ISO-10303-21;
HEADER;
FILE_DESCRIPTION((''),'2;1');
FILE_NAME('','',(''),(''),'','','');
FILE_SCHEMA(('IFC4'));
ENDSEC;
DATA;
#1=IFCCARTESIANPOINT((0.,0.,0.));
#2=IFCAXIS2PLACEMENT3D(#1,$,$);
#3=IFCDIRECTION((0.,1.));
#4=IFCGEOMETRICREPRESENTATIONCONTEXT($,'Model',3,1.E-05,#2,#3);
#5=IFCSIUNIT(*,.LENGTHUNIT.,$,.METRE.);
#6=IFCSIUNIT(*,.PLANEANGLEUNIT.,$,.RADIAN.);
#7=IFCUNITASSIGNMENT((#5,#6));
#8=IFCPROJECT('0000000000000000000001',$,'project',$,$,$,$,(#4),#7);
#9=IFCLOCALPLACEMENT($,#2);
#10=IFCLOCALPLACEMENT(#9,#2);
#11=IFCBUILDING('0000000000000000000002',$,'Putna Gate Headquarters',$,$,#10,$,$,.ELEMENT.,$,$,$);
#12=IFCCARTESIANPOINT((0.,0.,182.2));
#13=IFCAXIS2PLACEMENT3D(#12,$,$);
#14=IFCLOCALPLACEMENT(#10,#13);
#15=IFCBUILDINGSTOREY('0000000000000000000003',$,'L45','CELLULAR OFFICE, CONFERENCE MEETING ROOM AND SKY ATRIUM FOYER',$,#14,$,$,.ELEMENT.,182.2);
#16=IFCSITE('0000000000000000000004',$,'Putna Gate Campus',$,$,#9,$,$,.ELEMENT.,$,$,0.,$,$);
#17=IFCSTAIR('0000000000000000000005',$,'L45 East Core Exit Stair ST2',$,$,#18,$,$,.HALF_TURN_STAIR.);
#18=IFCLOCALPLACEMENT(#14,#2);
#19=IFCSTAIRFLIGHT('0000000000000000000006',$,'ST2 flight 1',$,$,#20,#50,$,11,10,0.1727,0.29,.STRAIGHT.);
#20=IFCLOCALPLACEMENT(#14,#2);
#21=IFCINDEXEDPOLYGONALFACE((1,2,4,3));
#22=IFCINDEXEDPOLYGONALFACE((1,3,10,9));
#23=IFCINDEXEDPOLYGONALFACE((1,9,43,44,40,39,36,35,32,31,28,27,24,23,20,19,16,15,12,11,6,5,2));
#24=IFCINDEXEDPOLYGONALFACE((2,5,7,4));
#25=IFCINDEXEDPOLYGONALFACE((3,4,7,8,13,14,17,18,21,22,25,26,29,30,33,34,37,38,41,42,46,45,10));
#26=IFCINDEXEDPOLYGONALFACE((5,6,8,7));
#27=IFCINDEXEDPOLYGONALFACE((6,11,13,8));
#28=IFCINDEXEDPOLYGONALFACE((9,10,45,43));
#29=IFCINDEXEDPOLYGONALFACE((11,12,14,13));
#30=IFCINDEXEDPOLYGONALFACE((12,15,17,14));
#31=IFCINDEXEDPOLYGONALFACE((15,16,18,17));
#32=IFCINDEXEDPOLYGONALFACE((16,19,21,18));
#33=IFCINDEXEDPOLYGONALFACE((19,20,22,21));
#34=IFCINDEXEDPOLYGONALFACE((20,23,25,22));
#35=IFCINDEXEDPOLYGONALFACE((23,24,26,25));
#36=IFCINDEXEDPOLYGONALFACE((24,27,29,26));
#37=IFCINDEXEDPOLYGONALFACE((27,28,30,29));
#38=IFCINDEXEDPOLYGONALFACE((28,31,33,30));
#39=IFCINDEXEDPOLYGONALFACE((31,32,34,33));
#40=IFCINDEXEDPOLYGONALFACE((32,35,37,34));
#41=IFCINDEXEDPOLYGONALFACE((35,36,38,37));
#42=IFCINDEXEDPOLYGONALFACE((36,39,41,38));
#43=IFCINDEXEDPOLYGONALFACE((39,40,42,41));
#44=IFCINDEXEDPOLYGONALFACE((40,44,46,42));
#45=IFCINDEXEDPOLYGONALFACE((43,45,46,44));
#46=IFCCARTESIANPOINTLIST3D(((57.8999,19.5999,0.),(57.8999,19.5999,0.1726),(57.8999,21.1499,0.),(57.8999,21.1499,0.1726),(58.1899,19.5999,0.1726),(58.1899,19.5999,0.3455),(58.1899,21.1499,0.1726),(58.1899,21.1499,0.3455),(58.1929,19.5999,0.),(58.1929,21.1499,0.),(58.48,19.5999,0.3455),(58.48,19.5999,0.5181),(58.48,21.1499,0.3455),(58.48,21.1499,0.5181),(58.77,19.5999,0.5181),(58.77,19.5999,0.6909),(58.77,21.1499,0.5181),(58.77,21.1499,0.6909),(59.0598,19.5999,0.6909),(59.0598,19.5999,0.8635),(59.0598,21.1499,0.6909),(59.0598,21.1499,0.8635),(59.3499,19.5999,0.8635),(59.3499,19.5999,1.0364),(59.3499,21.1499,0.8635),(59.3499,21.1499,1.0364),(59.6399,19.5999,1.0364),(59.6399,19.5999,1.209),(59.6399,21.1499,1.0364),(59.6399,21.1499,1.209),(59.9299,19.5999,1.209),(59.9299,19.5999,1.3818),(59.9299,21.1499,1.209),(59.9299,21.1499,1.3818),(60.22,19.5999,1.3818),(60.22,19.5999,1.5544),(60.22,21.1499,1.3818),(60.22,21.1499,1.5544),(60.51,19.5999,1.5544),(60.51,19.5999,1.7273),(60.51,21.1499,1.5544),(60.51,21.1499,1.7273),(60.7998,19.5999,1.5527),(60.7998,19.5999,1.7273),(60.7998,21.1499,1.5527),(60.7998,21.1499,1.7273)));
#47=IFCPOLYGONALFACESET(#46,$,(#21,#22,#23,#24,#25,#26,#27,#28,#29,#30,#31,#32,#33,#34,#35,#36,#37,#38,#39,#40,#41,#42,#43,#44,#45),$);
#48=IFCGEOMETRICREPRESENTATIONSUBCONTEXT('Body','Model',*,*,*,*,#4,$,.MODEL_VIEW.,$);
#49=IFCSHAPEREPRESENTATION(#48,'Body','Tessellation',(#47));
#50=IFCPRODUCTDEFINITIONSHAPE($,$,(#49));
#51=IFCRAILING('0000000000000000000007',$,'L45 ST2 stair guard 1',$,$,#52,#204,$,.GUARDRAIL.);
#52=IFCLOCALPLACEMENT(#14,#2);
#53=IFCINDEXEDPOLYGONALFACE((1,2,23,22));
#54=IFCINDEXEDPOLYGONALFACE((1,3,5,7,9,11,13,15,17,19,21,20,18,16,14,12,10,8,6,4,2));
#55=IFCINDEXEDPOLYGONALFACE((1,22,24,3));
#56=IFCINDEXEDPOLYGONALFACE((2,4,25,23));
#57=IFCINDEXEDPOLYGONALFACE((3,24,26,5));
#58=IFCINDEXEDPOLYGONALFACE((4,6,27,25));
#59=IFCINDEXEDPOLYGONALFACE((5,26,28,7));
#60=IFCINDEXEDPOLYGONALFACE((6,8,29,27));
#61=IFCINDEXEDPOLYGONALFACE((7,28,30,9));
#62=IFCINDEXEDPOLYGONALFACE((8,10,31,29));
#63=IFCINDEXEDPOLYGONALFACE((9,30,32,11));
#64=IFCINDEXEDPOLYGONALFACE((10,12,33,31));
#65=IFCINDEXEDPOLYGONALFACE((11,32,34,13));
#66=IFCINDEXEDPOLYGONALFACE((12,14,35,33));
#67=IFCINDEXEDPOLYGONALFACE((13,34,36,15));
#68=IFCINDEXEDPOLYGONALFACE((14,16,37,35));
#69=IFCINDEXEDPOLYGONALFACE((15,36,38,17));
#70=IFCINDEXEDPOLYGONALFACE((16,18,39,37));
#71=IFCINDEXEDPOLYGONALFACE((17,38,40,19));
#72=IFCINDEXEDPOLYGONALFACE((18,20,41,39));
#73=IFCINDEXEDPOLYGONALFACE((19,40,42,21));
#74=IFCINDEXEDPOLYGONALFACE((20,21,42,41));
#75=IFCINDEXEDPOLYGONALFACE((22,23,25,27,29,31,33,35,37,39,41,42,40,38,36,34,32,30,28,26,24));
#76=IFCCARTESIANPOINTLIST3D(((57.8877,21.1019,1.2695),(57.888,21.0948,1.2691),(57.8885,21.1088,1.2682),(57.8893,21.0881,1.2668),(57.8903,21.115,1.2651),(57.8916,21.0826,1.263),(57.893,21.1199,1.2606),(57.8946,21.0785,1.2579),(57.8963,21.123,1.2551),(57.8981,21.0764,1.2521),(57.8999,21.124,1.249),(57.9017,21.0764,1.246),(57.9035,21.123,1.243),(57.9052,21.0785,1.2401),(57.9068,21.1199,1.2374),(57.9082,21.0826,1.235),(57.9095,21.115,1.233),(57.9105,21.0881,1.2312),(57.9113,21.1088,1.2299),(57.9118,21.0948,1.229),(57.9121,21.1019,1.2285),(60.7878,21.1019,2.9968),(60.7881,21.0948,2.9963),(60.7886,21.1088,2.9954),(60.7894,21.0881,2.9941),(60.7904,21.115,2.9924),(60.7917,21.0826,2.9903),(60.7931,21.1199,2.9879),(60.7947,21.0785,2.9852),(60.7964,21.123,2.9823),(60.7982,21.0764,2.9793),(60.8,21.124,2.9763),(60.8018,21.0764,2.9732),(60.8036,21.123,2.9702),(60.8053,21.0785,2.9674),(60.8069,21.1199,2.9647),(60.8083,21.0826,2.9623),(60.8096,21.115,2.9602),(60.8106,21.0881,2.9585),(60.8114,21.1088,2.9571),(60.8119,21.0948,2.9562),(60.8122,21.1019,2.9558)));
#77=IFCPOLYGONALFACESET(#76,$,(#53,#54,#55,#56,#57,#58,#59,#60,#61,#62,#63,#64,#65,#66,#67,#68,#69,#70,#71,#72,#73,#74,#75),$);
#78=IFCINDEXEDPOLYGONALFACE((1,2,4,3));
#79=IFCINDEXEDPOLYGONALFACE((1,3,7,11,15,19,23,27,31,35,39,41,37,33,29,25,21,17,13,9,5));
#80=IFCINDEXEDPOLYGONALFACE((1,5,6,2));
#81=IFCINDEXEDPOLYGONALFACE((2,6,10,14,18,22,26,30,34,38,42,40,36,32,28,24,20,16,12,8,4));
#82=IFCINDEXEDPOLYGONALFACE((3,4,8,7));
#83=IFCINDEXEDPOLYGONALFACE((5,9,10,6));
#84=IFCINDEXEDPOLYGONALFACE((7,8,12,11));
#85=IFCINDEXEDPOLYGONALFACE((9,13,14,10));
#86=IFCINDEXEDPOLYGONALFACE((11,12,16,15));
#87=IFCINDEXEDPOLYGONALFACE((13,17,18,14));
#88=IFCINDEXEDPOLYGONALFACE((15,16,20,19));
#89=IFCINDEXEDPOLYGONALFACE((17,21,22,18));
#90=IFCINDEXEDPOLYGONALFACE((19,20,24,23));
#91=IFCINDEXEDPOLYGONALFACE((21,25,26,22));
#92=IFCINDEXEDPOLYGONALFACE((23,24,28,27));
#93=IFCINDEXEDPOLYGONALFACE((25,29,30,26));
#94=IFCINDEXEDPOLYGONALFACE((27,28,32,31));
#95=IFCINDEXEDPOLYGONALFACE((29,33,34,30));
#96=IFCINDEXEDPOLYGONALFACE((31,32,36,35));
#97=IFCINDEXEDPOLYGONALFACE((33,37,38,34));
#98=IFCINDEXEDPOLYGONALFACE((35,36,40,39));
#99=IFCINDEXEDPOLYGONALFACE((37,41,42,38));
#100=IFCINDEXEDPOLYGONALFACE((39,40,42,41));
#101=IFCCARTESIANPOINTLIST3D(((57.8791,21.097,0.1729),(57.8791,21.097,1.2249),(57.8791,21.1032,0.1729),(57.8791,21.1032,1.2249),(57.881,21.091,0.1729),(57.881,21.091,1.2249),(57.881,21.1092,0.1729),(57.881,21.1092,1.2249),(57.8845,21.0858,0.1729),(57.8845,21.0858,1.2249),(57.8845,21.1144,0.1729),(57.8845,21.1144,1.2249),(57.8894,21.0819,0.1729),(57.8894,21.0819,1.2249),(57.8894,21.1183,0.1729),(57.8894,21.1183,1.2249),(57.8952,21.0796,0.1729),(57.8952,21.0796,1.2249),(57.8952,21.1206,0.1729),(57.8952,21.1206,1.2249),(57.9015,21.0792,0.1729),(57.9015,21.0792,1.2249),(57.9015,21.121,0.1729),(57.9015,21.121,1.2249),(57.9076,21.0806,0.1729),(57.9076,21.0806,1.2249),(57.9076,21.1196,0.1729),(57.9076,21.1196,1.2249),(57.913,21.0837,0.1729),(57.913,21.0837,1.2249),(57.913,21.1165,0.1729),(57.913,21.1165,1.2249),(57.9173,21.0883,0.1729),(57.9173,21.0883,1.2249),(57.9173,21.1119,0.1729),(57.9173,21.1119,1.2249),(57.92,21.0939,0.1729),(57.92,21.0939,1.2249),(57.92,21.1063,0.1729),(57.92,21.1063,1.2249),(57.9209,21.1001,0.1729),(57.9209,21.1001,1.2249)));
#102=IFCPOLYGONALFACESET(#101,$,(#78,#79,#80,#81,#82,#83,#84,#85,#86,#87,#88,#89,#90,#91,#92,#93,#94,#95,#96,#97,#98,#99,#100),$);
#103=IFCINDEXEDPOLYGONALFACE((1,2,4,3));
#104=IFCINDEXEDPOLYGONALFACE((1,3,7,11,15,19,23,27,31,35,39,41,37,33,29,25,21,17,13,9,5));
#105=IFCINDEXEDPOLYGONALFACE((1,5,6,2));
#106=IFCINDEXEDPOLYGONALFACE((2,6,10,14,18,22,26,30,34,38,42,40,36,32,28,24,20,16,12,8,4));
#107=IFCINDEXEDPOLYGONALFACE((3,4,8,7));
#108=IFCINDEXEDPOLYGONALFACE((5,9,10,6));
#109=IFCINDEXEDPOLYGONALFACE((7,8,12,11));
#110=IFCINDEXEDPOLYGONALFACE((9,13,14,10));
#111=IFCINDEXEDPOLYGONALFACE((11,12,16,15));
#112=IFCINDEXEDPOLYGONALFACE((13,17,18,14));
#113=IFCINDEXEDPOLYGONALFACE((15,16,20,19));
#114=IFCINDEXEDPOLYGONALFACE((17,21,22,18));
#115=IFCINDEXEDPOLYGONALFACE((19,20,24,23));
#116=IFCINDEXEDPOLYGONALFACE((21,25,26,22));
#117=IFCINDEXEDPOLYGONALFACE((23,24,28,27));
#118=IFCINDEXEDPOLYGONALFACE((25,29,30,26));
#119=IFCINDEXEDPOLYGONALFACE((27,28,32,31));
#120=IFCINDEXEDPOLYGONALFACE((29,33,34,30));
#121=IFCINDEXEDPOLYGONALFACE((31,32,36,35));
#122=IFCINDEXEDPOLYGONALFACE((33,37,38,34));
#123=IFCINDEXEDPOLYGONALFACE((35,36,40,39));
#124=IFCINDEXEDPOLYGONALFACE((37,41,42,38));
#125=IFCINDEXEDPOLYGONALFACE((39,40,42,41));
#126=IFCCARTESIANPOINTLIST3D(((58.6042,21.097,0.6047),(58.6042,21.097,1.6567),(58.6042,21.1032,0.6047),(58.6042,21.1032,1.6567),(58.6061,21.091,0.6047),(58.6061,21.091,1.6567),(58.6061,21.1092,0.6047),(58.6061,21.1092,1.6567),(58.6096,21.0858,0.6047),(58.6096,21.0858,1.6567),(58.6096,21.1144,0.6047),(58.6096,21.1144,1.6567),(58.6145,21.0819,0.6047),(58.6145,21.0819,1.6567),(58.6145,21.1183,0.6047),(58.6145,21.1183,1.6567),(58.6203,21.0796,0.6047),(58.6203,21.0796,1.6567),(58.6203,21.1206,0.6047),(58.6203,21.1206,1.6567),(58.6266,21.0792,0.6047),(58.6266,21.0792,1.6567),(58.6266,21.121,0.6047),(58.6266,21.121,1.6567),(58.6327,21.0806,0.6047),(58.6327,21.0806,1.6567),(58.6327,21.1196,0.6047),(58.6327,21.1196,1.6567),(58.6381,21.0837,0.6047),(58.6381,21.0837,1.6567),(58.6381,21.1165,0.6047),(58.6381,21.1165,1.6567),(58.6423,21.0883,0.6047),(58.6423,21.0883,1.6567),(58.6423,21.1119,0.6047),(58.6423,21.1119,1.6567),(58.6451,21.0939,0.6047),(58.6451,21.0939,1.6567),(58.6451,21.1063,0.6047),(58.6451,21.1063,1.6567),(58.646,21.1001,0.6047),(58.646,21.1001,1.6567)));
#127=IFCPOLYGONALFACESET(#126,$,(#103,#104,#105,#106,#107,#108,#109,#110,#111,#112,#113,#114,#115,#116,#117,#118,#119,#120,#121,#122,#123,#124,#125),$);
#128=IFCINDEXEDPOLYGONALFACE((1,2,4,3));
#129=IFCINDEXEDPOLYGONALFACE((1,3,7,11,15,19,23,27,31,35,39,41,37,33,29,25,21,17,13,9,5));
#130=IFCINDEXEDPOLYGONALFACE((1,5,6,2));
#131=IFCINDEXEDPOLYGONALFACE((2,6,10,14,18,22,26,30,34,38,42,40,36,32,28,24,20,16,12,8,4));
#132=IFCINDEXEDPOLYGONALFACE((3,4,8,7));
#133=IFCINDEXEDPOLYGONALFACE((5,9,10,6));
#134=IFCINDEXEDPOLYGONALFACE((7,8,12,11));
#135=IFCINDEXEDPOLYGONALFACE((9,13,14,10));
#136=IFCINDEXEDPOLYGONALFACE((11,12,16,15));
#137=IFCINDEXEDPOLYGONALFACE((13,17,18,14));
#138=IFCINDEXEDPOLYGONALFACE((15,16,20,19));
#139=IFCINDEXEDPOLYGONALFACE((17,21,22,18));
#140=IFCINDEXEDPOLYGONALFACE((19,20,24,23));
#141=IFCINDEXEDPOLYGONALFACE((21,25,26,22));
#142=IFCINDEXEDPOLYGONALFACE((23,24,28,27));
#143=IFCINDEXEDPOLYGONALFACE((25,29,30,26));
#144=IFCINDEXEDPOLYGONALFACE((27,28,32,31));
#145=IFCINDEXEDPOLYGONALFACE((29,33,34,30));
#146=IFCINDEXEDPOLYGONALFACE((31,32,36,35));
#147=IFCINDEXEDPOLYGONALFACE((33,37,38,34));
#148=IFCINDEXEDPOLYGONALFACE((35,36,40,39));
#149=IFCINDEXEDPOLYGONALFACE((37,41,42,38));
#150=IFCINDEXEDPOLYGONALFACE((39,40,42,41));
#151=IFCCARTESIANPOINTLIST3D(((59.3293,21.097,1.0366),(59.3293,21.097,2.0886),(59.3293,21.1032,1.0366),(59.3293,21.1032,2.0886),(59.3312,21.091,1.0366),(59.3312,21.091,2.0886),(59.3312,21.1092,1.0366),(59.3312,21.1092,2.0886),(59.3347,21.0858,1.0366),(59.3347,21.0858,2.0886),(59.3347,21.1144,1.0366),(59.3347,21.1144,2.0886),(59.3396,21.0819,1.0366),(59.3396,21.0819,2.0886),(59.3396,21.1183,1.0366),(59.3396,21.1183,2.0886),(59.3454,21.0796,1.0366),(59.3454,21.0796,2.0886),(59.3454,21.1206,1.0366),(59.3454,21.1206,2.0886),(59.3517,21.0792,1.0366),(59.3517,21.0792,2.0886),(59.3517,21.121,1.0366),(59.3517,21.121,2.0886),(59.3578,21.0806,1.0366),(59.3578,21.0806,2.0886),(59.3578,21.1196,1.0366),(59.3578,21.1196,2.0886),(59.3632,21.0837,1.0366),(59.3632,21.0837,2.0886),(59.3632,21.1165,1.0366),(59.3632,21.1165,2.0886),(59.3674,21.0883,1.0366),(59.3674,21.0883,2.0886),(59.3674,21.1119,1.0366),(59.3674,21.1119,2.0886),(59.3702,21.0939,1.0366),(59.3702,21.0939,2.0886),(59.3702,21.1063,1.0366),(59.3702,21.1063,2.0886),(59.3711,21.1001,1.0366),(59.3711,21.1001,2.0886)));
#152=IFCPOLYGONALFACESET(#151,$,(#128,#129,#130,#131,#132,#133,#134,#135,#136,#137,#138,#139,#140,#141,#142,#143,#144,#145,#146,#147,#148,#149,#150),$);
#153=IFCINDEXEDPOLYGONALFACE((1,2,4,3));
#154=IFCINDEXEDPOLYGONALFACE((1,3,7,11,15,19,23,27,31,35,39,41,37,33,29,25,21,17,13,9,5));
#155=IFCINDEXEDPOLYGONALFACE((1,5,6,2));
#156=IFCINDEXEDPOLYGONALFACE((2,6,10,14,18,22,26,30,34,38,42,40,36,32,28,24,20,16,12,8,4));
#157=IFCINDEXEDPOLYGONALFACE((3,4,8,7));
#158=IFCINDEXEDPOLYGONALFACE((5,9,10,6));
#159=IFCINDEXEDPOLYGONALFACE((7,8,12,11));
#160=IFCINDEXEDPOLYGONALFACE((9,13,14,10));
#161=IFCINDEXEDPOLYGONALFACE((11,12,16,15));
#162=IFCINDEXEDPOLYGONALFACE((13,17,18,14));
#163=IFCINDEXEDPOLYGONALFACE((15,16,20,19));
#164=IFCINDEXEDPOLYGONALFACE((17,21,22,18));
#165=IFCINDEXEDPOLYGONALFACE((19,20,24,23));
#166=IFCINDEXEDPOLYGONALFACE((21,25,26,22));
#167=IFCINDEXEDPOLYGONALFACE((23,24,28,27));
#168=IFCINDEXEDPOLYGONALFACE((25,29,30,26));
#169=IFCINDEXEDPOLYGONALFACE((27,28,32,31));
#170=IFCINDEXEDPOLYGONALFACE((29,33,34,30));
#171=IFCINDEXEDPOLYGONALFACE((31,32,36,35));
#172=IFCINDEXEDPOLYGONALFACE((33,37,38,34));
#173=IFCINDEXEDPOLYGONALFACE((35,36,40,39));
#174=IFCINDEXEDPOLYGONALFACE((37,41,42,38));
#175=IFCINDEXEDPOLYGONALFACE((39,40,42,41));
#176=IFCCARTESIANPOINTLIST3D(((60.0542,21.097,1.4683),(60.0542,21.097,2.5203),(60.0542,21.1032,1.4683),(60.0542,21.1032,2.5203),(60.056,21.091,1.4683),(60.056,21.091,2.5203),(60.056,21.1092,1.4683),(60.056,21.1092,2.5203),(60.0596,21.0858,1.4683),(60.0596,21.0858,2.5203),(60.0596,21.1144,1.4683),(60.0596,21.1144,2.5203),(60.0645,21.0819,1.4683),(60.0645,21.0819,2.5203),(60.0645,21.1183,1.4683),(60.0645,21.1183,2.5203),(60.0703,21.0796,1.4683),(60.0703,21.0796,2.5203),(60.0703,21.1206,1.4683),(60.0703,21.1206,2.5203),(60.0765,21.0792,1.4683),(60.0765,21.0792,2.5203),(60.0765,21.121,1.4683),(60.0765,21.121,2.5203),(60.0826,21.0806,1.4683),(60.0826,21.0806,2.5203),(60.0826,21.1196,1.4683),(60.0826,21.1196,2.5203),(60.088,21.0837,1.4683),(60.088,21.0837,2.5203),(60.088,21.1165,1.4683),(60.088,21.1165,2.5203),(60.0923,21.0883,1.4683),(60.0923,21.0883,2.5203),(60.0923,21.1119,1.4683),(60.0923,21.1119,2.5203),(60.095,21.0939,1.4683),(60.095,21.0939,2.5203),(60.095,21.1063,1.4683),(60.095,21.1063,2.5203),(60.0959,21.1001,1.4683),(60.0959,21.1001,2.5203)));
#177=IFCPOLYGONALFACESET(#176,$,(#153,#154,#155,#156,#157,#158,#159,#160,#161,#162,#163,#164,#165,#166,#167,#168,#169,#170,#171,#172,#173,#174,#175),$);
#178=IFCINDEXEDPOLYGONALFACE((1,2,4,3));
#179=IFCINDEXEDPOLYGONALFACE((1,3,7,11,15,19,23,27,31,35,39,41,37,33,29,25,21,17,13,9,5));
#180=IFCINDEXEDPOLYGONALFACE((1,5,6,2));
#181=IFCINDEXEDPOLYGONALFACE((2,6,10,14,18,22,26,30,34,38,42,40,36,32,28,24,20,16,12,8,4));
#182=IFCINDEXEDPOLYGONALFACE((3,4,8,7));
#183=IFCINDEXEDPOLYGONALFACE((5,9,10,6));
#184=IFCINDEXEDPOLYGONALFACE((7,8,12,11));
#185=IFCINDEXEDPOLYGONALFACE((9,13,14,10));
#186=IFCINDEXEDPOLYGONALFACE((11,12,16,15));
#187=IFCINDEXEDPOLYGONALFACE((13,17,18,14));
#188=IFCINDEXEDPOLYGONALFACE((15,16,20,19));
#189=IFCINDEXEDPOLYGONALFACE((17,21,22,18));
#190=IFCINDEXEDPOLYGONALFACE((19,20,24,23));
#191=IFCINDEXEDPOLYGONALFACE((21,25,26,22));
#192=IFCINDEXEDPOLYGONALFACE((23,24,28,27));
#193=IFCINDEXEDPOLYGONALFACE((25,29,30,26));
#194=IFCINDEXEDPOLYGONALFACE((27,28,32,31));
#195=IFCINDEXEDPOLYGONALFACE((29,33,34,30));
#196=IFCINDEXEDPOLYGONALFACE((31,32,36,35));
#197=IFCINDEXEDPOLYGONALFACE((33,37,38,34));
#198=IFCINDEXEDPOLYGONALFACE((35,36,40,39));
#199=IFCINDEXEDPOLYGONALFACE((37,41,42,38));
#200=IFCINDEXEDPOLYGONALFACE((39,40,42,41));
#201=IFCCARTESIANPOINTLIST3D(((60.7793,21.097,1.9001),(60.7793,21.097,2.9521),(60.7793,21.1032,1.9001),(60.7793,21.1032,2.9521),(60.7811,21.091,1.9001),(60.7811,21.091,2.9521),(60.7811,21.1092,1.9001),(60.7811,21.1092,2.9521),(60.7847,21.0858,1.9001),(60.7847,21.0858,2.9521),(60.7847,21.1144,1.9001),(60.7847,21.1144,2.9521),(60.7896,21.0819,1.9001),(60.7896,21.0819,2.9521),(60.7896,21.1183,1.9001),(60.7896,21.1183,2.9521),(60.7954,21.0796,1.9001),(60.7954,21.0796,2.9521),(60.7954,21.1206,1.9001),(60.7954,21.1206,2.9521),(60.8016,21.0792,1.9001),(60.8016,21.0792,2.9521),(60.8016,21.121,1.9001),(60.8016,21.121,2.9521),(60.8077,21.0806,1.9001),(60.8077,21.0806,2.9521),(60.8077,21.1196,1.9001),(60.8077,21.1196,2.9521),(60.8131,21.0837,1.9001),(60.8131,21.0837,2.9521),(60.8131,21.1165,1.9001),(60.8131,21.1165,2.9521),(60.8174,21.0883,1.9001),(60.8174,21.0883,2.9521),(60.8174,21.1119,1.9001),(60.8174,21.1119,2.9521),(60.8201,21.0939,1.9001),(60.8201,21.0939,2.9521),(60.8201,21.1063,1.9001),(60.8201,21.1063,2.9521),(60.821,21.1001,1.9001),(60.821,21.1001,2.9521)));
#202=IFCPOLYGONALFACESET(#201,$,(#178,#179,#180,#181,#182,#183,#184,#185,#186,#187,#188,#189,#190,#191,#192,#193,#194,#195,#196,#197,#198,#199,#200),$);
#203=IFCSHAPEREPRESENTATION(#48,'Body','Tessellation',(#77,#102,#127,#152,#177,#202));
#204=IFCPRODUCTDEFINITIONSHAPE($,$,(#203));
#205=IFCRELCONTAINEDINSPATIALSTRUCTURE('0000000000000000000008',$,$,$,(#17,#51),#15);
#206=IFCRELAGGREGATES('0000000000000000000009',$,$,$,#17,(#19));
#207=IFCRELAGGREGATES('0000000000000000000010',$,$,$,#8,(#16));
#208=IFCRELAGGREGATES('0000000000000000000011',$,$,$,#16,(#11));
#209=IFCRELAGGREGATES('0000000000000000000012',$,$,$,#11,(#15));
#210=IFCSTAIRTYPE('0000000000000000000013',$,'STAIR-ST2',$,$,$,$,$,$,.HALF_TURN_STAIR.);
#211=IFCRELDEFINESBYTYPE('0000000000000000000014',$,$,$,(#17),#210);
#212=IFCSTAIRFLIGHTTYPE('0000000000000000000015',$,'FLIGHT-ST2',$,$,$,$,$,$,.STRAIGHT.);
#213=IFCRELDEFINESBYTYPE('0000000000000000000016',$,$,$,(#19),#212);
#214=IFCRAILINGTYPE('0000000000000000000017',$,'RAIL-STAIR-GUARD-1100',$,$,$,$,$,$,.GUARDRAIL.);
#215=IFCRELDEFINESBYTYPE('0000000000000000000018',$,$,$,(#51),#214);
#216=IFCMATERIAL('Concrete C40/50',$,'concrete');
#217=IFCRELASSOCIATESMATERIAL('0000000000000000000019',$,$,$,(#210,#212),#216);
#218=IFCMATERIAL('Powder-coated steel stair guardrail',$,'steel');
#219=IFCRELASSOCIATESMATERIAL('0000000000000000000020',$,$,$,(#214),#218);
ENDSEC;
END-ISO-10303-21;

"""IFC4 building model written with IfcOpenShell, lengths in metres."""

from ifc_helpers import new_model, si_unit, direction, frame, origin, origin_2d, place, context, subcontext, project, spatial, polyline, circle, outline, extrude, material, type_object, element, aggregate, save


model = new_model("IFC4")

# Units and contexts
model_context = context("Model", 3, precision=1e-05, world=origin(), true_north=direction((0.0, 1.0)))
body_context = subcontext(model_context, "Body", "Model", "MODEL_VIEW")
ifc_project = project(units=[si_unit("LENGTHUNIT", "METRE"), si_unit("PLANEANGLEUNIT", "RADIAN")], contexts=[model_context])

# Site, building, storey
site_placement = place(None, origin())
site = spatial("IfcSite", under=ifc_project, at=site_placement, Name="Putna Gate Campus", CompositionType="ELEMENT", RefElevation=0.0)
building_placement = place(site_placement, origin())
building = spatial("IfcBuilding", under=site, at=building_placement, Name="Putna Gate Headquarters", CompositionType="ELEMENT")
storey_placement = place(building_placement, frame((0.0, 0.0, 182.2)))
storey = spatial("IfcBuildingStorey", under=building, at=storey_placement, Name="L45", Description="CELLULAR OFFICE, CONFERENCE MEETING ROOM AND SKY ATRIUM FOYER", CompositionType="ELEMENT", Elevation=182.2)

# Shared definitions
ifc_material_1 = material(Name="Concrete C40/50", Category="concrete")

# Stair, stair flight
stair_type = type_object("IfcStairType", Name="STAIR-ST2", PredefinedType="HALF_TURN_STAIR", material=ifc_material_1)
stair_placement = place(storey_placement, origin())
stair = element("IfcStair", 1, at=stair_placement, inside=storey, type_object=stair_type, Name="L45 East Core Exit Stair ST2", PredefinedType="HALF_TURN_STAIR")
stair_flight_type = type_object("IfcStairFlightType", Name="FLIGHT-ST2", PredefinedType="STRAIGHT", material=ifc_material_1)
stair_flight_placement = place(storey_placement, frame((57.8999, 20.375, 0.0), z_axis=(0.0, 0.0, 1.0), x_axis=(1.0, 0.0, 0.0)))
stair_flight = element("IfcStairFlight", 2, at=stair_flight_placement, type_object=stair_flight_type, Name="ST2 flight 1", NumberOfRisers=11, NumberOfTreads=10, PredefinedType="STRAIGHT", RiserHeight=0.1727, TreadLength=0.29, context=body_context, shape_type="SweptSolid", body=[
    extrude(outline(polyline([(0.0, 0.0), (0.0, 0.1726), (0.29, 0.1726), (0.29, 0.3455), (0.5801, 0.3455), (0.5801, 0.5181), (0.8701, 0.5181), (0.8701, 0.6909), (1.1599, 0.6909), (1.1599, 0.8635), (1.45, 0.8635), (1.45, 1.0364), (1.74, 1.0364), (1.74, 1.209), (2.03, 1.209), (2.03, 1.3818), (2.3201, 1.3818), (2.3201, 1.5544), (2.6101, 1.5544), (2.6101, 1.7273), (2.8999, 1.7273), (2.8999, 1.8999), (2.8999, 1.5527), (0.293, 0.0), (0.0, 0.0)])), frame((0.0, 0.7749, 0.0), z_axis=(0.0, -1.0, 0.0), x_axis=(1.0, 0.0, 0.0)), (0.0, 0.0, 1.0), 1.55),
])
aggregate(stair, [stair_flight])

# Railing
ifc_material_2 = material(Name="Powder-coated steel stair guardrail", Category="steel")
railing_type_1 = type_object("IfcRailingType", Name="RAIL-STAIR-GUARD-1100", PredefinedType="GUARDRAIL", material=ifc_material_2)
railing_1_placement = place(storey_placement, frame((57.8999, 21.1001, 0.1729)))
element("IfcRailing", 3, at=railing_1_placement, inside=storey, type_object=railing_type_1, Name="L45 ST2 stair guard 1", PredefinedType="GUARDRAIL", context=body_context, shape_type="SweptSolid", body=[
    extrude(circle(Radius=0.0239, at=origin_2d()), frame((0.0, 0.0, 1.0762), z_axis=(0.85916, 0.0, 0.511706), x_axis=(0.0, 1.0, 0.0)), (0.0, 0.0, 1.0), 3.3755),
    extrude(circle(Radius=0.021, at=origin_2d()), origin(), (0.0, 0.0, 1.0), 1.052),
    extrude(circle(Radius=0.021, at=origin_2d()), frame((0.7251, 0.0, 0.4319)), (0.0, 0.0, 1.0), 1.052),
    extrude(circle(Radius=0.021, at=origin_2d()), frame((1.4502, 0.0, 0.8638)), (0.0, 0.0, 1.0), 1.052),
    extrude(circle(Radius=0.021, at=origin_2d()), frame((2.175, 0.0, 1.2954)), (0.0, 0.0, 1.0), 1.052),
    extrude(circle(Radius=0.021, at=origin_2d()), frame((2.9001, 0.0, 1.7273)), (0.0, 0.0, 1.0), 1.052),
])

save(model, "model.ifc")
